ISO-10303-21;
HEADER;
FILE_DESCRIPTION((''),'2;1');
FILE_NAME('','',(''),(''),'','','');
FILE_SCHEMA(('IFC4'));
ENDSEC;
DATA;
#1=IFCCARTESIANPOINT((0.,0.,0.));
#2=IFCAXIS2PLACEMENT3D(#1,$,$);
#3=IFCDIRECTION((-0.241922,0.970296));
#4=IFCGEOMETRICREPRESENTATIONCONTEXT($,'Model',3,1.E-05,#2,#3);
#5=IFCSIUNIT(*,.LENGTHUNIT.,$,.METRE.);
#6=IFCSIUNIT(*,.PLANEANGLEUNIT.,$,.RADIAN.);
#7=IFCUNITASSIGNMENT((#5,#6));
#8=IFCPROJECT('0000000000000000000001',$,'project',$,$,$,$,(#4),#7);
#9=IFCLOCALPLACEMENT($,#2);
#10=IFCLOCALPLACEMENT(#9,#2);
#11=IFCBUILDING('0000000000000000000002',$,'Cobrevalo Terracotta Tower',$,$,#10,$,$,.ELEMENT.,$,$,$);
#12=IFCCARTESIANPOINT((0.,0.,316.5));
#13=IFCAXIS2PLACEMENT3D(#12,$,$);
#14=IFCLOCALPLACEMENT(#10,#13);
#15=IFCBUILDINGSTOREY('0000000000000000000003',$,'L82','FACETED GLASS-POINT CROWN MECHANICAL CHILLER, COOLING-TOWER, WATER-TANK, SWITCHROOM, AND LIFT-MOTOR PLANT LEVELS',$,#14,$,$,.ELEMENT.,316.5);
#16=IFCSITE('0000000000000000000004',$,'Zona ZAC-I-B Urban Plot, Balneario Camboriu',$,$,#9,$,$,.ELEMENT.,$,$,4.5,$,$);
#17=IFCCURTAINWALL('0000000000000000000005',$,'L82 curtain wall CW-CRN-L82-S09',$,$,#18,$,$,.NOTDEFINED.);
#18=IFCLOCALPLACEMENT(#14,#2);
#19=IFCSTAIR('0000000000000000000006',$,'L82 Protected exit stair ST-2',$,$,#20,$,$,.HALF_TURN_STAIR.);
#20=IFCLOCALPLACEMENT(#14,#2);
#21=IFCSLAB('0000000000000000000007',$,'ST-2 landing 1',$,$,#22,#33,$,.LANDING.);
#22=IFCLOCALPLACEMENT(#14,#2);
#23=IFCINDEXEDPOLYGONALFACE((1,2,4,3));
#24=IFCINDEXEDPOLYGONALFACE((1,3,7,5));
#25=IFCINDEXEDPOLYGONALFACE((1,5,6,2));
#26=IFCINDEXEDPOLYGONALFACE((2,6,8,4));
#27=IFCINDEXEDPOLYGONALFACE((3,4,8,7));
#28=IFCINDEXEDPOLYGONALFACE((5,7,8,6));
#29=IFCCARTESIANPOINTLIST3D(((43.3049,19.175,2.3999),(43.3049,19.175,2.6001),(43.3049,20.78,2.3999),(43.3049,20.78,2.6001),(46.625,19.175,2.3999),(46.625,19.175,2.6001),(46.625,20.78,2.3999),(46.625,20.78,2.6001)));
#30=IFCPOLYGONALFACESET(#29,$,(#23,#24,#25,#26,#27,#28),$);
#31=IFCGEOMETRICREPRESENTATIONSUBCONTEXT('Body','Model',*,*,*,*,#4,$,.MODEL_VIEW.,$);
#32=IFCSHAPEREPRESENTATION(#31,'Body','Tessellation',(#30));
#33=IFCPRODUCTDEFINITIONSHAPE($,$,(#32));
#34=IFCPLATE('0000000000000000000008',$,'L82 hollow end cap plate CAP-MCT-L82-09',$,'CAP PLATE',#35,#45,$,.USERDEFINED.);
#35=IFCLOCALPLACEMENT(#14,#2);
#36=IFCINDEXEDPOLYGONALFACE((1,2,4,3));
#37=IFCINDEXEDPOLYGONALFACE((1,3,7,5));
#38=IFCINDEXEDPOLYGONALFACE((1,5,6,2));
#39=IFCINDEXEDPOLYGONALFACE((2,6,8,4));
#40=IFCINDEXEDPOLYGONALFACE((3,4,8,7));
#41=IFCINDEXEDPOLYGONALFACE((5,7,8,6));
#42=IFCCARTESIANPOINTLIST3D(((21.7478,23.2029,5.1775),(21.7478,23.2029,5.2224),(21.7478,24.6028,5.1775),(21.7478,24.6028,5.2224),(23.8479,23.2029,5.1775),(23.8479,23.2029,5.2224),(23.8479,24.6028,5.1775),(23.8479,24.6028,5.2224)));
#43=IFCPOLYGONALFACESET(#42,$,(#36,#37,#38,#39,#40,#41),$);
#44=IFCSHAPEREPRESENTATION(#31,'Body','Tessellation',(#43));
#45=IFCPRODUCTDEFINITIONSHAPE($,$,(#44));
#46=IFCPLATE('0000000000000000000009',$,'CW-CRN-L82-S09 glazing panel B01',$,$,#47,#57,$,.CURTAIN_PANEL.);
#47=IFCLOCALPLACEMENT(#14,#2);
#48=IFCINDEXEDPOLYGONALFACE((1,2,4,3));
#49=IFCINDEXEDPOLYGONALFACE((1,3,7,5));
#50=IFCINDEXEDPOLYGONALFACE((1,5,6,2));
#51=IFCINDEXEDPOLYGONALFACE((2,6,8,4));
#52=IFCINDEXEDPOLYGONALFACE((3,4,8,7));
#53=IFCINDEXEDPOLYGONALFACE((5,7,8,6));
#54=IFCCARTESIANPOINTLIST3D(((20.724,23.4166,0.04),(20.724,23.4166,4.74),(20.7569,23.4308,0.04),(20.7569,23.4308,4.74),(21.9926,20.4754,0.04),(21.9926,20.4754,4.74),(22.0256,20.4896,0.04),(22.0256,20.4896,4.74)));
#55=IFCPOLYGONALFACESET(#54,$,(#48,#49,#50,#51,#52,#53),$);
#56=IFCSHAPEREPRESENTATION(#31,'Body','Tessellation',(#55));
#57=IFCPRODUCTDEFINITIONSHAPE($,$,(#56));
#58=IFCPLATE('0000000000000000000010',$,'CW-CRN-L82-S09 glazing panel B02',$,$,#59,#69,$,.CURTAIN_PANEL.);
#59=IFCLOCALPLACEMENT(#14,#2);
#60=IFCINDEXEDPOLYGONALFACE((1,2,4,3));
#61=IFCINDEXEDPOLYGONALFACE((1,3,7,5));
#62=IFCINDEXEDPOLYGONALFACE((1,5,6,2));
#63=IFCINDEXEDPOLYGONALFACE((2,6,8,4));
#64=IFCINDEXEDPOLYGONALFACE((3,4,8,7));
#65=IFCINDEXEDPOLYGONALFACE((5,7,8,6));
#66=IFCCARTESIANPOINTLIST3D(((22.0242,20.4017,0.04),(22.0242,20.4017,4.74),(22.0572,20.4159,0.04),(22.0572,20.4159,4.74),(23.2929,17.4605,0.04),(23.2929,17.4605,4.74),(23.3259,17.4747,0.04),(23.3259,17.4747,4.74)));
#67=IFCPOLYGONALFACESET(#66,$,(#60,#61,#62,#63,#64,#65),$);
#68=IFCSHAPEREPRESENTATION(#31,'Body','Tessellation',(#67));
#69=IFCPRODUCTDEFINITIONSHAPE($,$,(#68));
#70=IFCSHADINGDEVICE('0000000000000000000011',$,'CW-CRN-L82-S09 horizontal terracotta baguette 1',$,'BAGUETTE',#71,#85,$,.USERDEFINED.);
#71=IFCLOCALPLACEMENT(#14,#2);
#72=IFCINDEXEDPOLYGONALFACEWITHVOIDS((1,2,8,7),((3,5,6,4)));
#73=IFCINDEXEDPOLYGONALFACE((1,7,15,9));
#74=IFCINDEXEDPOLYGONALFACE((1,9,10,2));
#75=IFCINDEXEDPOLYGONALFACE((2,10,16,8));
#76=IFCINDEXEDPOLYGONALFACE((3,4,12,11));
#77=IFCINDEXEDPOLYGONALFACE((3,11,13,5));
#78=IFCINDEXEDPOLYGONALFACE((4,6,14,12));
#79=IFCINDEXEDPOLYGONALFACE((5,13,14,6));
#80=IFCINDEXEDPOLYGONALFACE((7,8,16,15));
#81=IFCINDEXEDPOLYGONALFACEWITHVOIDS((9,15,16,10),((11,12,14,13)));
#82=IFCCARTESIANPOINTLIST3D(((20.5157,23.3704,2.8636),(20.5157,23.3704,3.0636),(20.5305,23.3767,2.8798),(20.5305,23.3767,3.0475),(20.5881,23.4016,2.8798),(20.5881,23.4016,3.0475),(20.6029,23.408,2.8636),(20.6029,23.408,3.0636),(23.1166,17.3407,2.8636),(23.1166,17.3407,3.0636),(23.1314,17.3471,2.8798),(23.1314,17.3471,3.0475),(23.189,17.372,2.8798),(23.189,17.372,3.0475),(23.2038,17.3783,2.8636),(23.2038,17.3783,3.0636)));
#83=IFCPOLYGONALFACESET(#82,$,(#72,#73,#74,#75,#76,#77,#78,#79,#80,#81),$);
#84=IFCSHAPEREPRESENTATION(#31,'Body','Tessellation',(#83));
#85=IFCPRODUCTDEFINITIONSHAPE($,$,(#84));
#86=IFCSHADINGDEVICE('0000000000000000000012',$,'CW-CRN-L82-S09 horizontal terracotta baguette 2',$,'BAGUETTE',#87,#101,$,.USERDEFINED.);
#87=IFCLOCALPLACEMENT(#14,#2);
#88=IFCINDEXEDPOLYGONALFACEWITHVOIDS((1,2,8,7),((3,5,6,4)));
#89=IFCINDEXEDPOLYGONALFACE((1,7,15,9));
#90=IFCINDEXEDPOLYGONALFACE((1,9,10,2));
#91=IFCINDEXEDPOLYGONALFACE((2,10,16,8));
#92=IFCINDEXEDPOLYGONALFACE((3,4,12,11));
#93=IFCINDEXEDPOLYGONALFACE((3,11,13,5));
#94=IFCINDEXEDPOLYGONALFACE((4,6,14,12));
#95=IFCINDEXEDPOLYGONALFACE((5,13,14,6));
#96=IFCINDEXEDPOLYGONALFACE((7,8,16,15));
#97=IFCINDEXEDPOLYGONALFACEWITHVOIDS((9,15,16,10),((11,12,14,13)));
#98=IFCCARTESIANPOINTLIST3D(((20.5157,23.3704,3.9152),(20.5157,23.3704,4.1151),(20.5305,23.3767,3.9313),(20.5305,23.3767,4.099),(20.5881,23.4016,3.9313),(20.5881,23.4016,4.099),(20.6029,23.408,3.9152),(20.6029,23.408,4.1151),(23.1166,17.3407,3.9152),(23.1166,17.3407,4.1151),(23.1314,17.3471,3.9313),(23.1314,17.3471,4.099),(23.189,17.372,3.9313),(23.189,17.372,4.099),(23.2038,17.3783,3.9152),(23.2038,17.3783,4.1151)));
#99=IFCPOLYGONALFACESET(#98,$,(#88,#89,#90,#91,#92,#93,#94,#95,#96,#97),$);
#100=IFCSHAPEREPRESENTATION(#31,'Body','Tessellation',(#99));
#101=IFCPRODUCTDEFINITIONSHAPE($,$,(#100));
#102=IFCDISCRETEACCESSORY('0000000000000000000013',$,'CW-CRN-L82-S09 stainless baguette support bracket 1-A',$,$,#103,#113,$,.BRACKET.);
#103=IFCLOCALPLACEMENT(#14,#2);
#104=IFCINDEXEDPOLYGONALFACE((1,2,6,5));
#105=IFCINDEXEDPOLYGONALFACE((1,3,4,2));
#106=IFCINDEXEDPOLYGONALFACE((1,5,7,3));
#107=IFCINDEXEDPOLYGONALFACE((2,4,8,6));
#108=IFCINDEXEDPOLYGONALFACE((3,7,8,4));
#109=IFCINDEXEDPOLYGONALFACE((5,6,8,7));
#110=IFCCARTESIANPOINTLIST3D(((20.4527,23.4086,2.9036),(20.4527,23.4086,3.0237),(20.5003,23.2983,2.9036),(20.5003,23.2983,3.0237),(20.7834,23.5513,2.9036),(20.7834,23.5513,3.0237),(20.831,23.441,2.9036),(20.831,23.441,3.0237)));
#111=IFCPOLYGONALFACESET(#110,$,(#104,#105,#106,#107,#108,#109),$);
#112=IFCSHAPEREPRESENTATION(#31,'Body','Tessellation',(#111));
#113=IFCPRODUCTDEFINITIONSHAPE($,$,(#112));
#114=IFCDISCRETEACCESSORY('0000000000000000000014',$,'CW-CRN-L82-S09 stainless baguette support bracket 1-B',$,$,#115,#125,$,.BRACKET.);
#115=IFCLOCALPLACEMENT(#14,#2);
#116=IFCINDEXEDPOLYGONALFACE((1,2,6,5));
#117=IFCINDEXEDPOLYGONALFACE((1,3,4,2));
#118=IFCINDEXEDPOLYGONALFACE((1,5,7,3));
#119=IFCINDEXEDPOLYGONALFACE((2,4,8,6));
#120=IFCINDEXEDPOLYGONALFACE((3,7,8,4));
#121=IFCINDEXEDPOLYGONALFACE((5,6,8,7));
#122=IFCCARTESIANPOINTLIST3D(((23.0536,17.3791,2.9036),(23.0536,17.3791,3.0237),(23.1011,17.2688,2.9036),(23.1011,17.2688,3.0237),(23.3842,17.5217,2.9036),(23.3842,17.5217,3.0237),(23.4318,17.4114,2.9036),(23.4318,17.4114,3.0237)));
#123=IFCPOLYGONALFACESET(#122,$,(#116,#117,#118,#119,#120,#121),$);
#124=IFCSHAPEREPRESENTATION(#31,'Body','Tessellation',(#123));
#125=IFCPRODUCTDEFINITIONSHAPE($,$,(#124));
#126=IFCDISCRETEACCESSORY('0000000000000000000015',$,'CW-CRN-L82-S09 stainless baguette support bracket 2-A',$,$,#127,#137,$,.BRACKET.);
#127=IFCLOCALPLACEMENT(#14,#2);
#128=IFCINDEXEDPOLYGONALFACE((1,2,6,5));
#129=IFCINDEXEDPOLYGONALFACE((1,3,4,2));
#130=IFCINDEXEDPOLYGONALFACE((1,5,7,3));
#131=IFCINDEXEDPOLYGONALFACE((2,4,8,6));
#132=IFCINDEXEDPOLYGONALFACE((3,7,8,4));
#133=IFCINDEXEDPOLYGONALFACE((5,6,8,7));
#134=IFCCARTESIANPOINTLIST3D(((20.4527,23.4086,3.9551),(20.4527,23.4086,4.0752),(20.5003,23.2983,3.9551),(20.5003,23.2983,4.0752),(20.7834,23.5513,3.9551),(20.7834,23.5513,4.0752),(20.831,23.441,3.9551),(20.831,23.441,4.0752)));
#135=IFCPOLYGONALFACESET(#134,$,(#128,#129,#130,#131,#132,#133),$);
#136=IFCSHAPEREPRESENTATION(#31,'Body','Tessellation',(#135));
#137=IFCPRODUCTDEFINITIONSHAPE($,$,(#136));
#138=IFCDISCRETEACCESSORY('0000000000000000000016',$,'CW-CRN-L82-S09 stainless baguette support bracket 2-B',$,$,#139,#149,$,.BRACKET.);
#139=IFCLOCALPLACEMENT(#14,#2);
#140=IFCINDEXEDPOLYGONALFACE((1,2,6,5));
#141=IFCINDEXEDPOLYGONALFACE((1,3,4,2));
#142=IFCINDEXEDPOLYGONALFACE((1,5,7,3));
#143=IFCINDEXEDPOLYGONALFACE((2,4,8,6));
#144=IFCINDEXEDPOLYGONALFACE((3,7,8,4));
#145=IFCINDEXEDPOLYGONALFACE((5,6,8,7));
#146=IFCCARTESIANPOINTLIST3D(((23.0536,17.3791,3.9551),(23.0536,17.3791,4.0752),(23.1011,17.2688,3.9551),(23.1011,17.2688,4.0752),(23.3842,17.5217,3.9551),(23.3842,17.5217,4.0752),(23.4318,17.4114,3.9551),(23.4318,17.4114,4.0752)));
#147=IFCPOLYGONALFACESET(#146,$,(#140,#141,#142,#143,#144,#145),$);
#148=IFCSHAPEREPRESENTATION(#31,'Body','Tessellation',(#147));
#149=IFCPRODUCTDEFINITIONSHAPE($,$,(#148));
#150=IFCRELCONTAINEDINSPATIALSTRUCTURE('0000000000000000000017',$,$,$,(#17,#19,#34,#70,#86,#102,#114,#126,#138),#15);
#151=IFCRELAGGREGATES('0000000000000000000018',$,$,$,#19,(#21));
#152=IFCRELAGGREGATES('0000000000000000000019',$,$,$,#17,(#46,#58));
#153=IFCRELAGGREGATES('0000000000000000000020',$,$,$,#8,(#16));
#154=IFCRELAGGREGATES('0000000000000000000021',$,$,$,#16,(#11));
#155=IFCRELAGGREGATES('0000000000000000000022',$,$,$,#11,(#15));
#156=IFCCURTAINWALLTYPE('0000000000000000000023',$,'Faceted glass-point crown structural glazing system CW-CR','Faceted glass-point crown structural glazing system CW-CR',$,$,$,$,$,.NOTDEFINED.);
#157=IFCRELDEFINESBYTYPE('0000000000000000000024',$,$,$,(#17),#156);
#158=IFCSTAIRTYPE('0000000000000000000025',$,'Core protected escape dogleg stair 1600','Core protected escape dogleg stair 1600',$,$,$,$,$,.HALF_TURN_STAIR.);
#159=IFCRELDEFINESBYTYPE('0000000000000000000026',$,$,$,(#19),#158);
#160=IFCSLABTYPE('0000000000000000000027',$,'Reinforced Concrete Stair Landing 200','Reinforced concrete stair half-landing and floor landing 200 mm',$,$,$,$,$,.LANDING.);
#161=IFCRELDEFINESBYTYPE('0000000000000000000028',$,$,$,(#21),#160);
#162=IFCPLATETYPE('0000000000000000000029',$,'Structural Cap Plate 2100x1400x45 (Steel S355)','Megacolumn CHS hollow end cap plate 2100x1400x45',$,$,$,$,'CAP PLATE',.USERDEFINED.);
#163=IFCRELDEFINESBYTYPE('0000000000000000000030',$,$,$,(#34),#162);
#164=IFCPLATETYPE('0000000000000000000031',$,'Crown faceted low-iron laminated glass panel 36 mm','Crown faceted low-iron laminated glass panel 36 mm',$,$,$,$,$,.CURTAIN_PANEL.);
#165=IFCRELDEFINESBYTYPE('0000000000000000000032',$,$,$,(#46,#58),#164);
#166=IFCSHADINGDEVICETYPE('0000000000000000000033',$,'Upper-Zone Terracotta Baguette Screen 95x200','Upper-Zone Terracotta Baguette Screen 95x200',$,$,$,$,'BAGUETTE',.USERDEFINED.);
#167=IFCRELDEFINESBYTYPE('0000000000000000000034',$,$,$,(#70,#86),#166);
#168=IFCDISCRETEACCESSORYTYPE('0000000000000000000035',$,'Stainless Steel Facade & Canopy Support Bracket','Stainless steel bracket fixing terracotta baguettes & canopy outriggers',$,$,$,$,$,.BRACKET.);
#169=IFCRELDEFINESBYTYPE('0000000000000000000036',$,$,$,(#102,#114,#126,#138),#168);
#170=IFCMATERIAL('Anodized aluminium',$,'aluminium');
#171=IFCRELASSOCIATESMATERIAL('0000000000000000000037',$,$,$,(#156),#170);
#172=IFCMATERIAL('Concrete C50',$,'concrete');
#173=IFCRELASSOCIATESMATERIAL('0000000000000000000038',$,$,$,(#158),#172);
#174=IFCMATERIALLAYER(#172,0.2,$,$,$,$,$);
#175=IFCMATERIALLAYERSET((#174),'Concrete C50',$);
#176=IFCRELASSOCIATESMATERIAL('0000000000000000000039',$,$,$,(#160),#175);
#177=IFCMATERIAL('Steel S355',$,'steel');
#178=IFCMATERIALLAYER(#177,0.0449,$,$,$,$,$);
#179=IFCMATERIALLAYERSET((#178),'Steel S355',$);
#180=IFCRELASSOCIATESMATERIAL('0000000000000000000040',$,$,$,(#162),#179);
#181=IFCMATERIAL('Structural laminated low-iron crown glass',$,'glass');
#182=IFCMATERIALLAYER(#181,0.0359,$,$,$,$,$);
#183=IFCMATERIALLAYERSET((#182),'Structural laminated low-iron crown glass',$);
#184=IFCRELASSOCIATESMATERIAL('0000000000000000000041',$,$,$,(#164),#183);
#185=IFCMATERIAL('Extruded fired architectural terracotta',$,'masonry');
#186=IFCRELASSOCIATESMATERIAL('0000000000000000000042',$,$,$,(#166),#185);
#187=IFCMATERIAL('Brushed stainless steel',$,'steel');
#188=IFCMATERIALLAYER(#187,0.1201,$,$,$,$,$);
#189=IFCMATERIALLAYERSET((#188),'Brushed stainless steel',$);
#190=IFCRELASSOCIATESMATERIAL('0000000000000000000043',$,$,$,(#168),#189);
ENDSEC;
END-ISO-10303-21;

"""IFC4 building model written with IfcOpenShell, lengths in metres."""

from ifc_helpers import new_model, si_unit, direction, frame, origin, origin_2d, place, context, subcontext, project, spatial, polyline, rectangle, hollow_rectangle, outline, extrude, source, transform, mapped, material, layer, layer_set, material_profile, profile_set, type_object, element, aggregate, save


model = new_model("IFC4")

# Units and contexts
model_context = context("Model", 3, precision=1e-05, world=origin(), true_north=direction((-0.241922, 0.970296)))
body_context = subcontext(model_context, "Body", "Model", "MODEL_VIEW")
ifc_project = project(units=[si_unit("LENGTHUNIT", "METRE"), si_unit("PLANEANGLEUNIT", "RADIAN")], contexts=[model_context])

# Site, building, storey
site_placement = place(None, origin())
site = spatial("IfcSite", under=ifc_project, at=site_placement, Name="Zona ZAC-I-B Urban Plot, Balneario Camboriu", CompositionType="ELEMENT", RefElevation=4.5)
building_placement = place(site_placement, origin())
building = spatial("IfcBuilding", under=site, at=building_placement, Name="Cobrevalo Terracotta Tower", CompositionType="ELEMENT")
storey_placement = place(building_placement, frame((0.0, 0.0, 316.5)))
storey = spatial("IfcBuildingStorey", under=building, at=storey_placement, Name="L82", Description="FACETED GLASS-POINT CROWN MECHANICAL CHILLER, COOLING-TOWER, WATER-TANK, SWITCHROOM, AND LIFT-MOTOR PLANT LEVELS", CompositionType="ELEMENT", Elevation=316.5)

# Shared definitions
ifc_material_1 = material(Name="Steel S355", Category="steel")

# Curtain wall
ifc_material_2 = material(Name="Anodized aluminium", Category="aluminium")
curtain_wall_type = type_object("IfcCurtainWallType", Name="Faceted glass-point crown structural glazing system CW-CR", Description="Faceted glass-point crown structural glazing system CW-CR", PredefinedType="NOTDEFINED", material=ifc_material_2)
curtain_wall_1_placement = place(storey_placement, origin())
curtain_wall_1 = element("IfcCurtainWall", 1, at=curtain_wall_1_placement, inside=storey, type_object=curtain_wall_type, Name="L82 curtain wall CW-CRN-L82-S09", PredefinedType="NOTDEFINED")

# Shared definitions
ifc_material_3 = material(Name="Concrete C50", Category="concrete")

# Stair, slab
stair_type = type_object("IfcStairType", Name="Core protected escape dogleg stair 1600", Description="Core protected escape dogleg stair 1600", PredefinedType="HALF_TURN_STAIR", material=ifc_material_3)
ifc_layer_1 = layer(ifc_material_3, 0.2)
ifc_layer_set_1 = layer_set([ifc_layer_1], Name="Concrete C50")
slab_type_1 = type_object("IfcSlabType", Name="Reinforced Concrete Stair Landing 200", Description="Reinforced concrete stair half-landing and floor landing 200 mm", PredefinedType="LANDING", material=ifc_layer_set_1)
stair_1_placement = place(storey_placement, origin())
stair_1 = element("IfcStair", 2, at=stair_1_placement, inside=storey, type_object=stair_type, Name="L82 Protected exit stair ST-2", PredefinedType="HALF_TURN_STAIR")
slab_1_placement = place(storey_placement, frame((0.0, 0.0, 2.3999)))
slab_1 = element("IfcSlab", 3, at=slab_1_placement, type_object=slab_type_1, Name="ST-2 landing 1", PredefinedType="LANDING", context=body_context, shape_type="SweptSolid", body=[
    extrude(outline(polyline([(43.3049, 20.78), (43.3049, 19.175), (46.625, 19.175), (46.625, 20.78), (43.3049, 20.78)])), origin(), (0.0, 0.0, 1.0), 0.2002),
])
aggregate(stair_1, [slab_1])

# Plates
ifc_layer_2 = layer(ifc_material_1, 0.0449)
ifc_layer_set_2 = layer_set([ifc_layer_2], Name="Steel S355")
plate_type_1 = type_object("IfcPlateType", Name="Structural Cap Plate 2100x1400x45 (Steel S355)", Description="Megacolumn CHS hollow end cap plate 2100x1400x45", ElementType="CAP PLATE", PredefinedType="USERDEFINED", material=ifc_layer_set_2)
shared_shape_1 = source(origin(), body_context, "Body", "SweptSolid", [
    extrude(rectangle(XDim=2.1001, YDim=1.3999, at=origin_2d()), origin(), (0.0, 0.0, 1.0), 0.0449),
])
plate_1_placement = place(storey_placement, frame((22.7979, 23.9028, 5.1775), z_axis=(0.0, 0.0, 1.0), x_axis=(-1.0, 0.0, 0.0)))
element("IfcPlate", 4, at=plate_1_placement, inside=storey, type_object=plate_type_1, Name="L82 hollow end cap plate CAP-MCT-L82-09", ObjectType="CAP PLATE", PredefinedType="USERDEFINED", context=body_context, shape_type="MappedRepresentation", body=[
    mapped(shared_shape_1, transform((0.0, 0.0, 0.0), scale=1.0)),
])
ifc_material_4 = material(Name="Structural laminated low-iron crown glass", Category="glass")
ifc_layer_3 = layer(ifc_material_4, 0.0359)
ifc_layer_set_3 = layer_set([ifc_layer_3], Name="Structural laminated low-iron crown glass")
plate_type_2 = type_object("IfcPlateType", Name="Crown faceted low-iron laminated glass panel 36 mm", Description="Crown faceted low-iron laminated glass panel 36 mm", PredefinedType="CURTAIN_PANEL", material=ifc_layer_set_3)
shared_shape_2 = source(origin(), body_context, "Body", "SweptSolid", [
    extrude(rectangle(XDim=3.2031, YDim=0.0359, at=origin_2d()), origin(), (0.0, 0.0, 1.0), 4.7),
])
plate_2_placement = place(storey_placement, frame((21.3748, 21.9531, 0.04), z_axis=(0.0, 0.0, 1.0), x_axis=(0.396066, -0.918222, 0.0)))
plate_2 = element("IfcPlate", 5, at=plate_2_placement, type_object=plate_type_2, Name="CW-CRN-L82-S09 glazing panel B01", PredefinedType="CURTAIN_PANEL", context=body_context, shape_type="MappedRepresentation", body=[
    mapped(shared_shape_2, transform((0.0, 0.0, 0.0), scale=1.0)),
])
plate_3_placement = place(storey_placement, frame((22.675, 18.9382, 0.04), z_axis=(0.0, 0.0, 1.0), x_axis=(0.396066, -0.918222, 0.0)))
plate_3 = element("IfcPlate", 6, at=plate_3_placement, type_object=plate_type_2, Name="CW-CRN-L82-S09 glazing panel B02", PredefinedType="CURTAIN_PANEL", context=body_context, shape_type="MappedRepresentation", body=[
    mapped(shared_shape_2, transform((0.0, 0.0, 0.0), scale=1.0)),
])
aggregate(curtain_wall_1, [plate_2, plate_3])

# Shading devices
ifc_material_5 = material(Name="Extruded fired architectural terracotta", Category="masonry")
ifc_material_profile_1 = material_profile(ifc_material_5, hollow_rectangle(XDim=0.095, YDim=0.2, WallThickness=0.0161, at=origin_2d()), Name="BAGUETTE 95x200")
ifc_profile_set_1 = profile_set([ifc_material_profile_1], Name="Extruded fired architectural terracotta")
shading_device_type = type_object("IfcShadingDeviceType", Name="Upper-Zone Terracotta Baguette Screen 95x200", Description="Upper-Zone Terracotta Baguette Screen 95x200", ElementType="BAGUETTE", PredefinedType="USERDEFINED", material=ifc_profile_set_1)
shared_shape_3 = source(origin(), body_context, "Body", "SweptSolid", [
    extrude(hollow_rectangle(XDim=0.095, YDim=0.2, WallThickness=0.0161, at=origin_2d()), origin(), (0.0, 0.0, 1.0), 6.5667),
])
for number, where, z_axis, x_axis, name in (
    (7, (20.5593, 23.3892, 2.9636), (0.396072, -0.918219, 0.0), (0.918219, 0.396072, 0.0), "CW-CRN-L82-S09 horizontal terracotta baguette 1"),
    (8, (20.5593, 23.3892, 4.0151), (0.396072, -0.918219, 0.0), (0.918219, 0.396072, 0.0), "CW-CRN-L82-S09 horizontal terracotta baguette 2"),
):
    element("IfcShadingDevice", number, at=place(storey_placement, frame(where, z_axis=z_axis, x_axis=x_axis)), inside=storey, type_object=shading_device_type, Name=name, ObjectType="BAGUETTE", PredefinedType="USERDEFINED", context=body_context, shape_type="MappedRepresentation", body=[
        mapped(shared_shape_3, transform((0.0, 0.0, 0.0), scale=1.0)),
    ])

# Discrete accessories
ifc_material_6 = material(Name="Brushed stainless steel", Category="steel")
ifc_layer_4 = layer(ifc_material_6, 0.1201)
ifc_layer_set_4 = layer_set([ifc_layer_4], Name="Brushed stainless steel")
discrete_accessory_type = type_object("IfcDiscreteAccessoryType", Name="Stainless Steel Facade & Canopy Support Bracket", Description="Stainless steel bracket fixing terracotta baguettes & canopy outriggers", PredefinedType="BRACKET", material=ifc_layer_set_4)
shared_shape_4 = source(origin(), body_context, "Body", "SweptSolid", [
    extrude(rectangle(XDim=0.1201, YDim=0.3601, at=origin_2d()), origin(), (0.0, 0.0, 1.0), 0.1201),
])
for number, where, z_axis, x_axis, name in (
    (9, (20.6418, 23.4248, 2.9036), (0.0, 0.0, 1.0), (0.396066, -0.918222, 0.0), "CW-CRN-L82-S09 stainless baguette support bracket 1-A"),
    (10, (23.2427, 17.3953, 2.9036), (0.0, 0.0, 1.0), (0.396066, -0.918222, 0.0), "CW-CRN-L82-S09 stainless baguette support bracket 1-B"),
    (11, (20.6418, 23.4248, 3.9551), (0.0, 0.0, 1.0), (0.396066, -0.918222, 0.0), "CW-CRN-L82-S09 stainless baguette support bracket 2-A"),
    (12, (23.2427, 17.3953, 3.9551), (0.0, 0.0, 1.0), (0.396066, -0.918222, 0.0), "CW-CRN-L82-S09 stainless baguette support bracket 2-B"),
):
    element("IfcDiscreteAccessory", number, at=place(storey_placement, frame(where, z_axis=z_axis, x_axis=x_axis)), inside=storey, type_object=discrete_accessory_type, Name=name, PredefinedType="BRACKET", context=body_context, shape_type="MappedRepresentation", body=[
        mapped(shared_shape_4, transform((0.0, 0.0, 0.0), scale=1.0)),
    ])

save(model, "model.ifc")
